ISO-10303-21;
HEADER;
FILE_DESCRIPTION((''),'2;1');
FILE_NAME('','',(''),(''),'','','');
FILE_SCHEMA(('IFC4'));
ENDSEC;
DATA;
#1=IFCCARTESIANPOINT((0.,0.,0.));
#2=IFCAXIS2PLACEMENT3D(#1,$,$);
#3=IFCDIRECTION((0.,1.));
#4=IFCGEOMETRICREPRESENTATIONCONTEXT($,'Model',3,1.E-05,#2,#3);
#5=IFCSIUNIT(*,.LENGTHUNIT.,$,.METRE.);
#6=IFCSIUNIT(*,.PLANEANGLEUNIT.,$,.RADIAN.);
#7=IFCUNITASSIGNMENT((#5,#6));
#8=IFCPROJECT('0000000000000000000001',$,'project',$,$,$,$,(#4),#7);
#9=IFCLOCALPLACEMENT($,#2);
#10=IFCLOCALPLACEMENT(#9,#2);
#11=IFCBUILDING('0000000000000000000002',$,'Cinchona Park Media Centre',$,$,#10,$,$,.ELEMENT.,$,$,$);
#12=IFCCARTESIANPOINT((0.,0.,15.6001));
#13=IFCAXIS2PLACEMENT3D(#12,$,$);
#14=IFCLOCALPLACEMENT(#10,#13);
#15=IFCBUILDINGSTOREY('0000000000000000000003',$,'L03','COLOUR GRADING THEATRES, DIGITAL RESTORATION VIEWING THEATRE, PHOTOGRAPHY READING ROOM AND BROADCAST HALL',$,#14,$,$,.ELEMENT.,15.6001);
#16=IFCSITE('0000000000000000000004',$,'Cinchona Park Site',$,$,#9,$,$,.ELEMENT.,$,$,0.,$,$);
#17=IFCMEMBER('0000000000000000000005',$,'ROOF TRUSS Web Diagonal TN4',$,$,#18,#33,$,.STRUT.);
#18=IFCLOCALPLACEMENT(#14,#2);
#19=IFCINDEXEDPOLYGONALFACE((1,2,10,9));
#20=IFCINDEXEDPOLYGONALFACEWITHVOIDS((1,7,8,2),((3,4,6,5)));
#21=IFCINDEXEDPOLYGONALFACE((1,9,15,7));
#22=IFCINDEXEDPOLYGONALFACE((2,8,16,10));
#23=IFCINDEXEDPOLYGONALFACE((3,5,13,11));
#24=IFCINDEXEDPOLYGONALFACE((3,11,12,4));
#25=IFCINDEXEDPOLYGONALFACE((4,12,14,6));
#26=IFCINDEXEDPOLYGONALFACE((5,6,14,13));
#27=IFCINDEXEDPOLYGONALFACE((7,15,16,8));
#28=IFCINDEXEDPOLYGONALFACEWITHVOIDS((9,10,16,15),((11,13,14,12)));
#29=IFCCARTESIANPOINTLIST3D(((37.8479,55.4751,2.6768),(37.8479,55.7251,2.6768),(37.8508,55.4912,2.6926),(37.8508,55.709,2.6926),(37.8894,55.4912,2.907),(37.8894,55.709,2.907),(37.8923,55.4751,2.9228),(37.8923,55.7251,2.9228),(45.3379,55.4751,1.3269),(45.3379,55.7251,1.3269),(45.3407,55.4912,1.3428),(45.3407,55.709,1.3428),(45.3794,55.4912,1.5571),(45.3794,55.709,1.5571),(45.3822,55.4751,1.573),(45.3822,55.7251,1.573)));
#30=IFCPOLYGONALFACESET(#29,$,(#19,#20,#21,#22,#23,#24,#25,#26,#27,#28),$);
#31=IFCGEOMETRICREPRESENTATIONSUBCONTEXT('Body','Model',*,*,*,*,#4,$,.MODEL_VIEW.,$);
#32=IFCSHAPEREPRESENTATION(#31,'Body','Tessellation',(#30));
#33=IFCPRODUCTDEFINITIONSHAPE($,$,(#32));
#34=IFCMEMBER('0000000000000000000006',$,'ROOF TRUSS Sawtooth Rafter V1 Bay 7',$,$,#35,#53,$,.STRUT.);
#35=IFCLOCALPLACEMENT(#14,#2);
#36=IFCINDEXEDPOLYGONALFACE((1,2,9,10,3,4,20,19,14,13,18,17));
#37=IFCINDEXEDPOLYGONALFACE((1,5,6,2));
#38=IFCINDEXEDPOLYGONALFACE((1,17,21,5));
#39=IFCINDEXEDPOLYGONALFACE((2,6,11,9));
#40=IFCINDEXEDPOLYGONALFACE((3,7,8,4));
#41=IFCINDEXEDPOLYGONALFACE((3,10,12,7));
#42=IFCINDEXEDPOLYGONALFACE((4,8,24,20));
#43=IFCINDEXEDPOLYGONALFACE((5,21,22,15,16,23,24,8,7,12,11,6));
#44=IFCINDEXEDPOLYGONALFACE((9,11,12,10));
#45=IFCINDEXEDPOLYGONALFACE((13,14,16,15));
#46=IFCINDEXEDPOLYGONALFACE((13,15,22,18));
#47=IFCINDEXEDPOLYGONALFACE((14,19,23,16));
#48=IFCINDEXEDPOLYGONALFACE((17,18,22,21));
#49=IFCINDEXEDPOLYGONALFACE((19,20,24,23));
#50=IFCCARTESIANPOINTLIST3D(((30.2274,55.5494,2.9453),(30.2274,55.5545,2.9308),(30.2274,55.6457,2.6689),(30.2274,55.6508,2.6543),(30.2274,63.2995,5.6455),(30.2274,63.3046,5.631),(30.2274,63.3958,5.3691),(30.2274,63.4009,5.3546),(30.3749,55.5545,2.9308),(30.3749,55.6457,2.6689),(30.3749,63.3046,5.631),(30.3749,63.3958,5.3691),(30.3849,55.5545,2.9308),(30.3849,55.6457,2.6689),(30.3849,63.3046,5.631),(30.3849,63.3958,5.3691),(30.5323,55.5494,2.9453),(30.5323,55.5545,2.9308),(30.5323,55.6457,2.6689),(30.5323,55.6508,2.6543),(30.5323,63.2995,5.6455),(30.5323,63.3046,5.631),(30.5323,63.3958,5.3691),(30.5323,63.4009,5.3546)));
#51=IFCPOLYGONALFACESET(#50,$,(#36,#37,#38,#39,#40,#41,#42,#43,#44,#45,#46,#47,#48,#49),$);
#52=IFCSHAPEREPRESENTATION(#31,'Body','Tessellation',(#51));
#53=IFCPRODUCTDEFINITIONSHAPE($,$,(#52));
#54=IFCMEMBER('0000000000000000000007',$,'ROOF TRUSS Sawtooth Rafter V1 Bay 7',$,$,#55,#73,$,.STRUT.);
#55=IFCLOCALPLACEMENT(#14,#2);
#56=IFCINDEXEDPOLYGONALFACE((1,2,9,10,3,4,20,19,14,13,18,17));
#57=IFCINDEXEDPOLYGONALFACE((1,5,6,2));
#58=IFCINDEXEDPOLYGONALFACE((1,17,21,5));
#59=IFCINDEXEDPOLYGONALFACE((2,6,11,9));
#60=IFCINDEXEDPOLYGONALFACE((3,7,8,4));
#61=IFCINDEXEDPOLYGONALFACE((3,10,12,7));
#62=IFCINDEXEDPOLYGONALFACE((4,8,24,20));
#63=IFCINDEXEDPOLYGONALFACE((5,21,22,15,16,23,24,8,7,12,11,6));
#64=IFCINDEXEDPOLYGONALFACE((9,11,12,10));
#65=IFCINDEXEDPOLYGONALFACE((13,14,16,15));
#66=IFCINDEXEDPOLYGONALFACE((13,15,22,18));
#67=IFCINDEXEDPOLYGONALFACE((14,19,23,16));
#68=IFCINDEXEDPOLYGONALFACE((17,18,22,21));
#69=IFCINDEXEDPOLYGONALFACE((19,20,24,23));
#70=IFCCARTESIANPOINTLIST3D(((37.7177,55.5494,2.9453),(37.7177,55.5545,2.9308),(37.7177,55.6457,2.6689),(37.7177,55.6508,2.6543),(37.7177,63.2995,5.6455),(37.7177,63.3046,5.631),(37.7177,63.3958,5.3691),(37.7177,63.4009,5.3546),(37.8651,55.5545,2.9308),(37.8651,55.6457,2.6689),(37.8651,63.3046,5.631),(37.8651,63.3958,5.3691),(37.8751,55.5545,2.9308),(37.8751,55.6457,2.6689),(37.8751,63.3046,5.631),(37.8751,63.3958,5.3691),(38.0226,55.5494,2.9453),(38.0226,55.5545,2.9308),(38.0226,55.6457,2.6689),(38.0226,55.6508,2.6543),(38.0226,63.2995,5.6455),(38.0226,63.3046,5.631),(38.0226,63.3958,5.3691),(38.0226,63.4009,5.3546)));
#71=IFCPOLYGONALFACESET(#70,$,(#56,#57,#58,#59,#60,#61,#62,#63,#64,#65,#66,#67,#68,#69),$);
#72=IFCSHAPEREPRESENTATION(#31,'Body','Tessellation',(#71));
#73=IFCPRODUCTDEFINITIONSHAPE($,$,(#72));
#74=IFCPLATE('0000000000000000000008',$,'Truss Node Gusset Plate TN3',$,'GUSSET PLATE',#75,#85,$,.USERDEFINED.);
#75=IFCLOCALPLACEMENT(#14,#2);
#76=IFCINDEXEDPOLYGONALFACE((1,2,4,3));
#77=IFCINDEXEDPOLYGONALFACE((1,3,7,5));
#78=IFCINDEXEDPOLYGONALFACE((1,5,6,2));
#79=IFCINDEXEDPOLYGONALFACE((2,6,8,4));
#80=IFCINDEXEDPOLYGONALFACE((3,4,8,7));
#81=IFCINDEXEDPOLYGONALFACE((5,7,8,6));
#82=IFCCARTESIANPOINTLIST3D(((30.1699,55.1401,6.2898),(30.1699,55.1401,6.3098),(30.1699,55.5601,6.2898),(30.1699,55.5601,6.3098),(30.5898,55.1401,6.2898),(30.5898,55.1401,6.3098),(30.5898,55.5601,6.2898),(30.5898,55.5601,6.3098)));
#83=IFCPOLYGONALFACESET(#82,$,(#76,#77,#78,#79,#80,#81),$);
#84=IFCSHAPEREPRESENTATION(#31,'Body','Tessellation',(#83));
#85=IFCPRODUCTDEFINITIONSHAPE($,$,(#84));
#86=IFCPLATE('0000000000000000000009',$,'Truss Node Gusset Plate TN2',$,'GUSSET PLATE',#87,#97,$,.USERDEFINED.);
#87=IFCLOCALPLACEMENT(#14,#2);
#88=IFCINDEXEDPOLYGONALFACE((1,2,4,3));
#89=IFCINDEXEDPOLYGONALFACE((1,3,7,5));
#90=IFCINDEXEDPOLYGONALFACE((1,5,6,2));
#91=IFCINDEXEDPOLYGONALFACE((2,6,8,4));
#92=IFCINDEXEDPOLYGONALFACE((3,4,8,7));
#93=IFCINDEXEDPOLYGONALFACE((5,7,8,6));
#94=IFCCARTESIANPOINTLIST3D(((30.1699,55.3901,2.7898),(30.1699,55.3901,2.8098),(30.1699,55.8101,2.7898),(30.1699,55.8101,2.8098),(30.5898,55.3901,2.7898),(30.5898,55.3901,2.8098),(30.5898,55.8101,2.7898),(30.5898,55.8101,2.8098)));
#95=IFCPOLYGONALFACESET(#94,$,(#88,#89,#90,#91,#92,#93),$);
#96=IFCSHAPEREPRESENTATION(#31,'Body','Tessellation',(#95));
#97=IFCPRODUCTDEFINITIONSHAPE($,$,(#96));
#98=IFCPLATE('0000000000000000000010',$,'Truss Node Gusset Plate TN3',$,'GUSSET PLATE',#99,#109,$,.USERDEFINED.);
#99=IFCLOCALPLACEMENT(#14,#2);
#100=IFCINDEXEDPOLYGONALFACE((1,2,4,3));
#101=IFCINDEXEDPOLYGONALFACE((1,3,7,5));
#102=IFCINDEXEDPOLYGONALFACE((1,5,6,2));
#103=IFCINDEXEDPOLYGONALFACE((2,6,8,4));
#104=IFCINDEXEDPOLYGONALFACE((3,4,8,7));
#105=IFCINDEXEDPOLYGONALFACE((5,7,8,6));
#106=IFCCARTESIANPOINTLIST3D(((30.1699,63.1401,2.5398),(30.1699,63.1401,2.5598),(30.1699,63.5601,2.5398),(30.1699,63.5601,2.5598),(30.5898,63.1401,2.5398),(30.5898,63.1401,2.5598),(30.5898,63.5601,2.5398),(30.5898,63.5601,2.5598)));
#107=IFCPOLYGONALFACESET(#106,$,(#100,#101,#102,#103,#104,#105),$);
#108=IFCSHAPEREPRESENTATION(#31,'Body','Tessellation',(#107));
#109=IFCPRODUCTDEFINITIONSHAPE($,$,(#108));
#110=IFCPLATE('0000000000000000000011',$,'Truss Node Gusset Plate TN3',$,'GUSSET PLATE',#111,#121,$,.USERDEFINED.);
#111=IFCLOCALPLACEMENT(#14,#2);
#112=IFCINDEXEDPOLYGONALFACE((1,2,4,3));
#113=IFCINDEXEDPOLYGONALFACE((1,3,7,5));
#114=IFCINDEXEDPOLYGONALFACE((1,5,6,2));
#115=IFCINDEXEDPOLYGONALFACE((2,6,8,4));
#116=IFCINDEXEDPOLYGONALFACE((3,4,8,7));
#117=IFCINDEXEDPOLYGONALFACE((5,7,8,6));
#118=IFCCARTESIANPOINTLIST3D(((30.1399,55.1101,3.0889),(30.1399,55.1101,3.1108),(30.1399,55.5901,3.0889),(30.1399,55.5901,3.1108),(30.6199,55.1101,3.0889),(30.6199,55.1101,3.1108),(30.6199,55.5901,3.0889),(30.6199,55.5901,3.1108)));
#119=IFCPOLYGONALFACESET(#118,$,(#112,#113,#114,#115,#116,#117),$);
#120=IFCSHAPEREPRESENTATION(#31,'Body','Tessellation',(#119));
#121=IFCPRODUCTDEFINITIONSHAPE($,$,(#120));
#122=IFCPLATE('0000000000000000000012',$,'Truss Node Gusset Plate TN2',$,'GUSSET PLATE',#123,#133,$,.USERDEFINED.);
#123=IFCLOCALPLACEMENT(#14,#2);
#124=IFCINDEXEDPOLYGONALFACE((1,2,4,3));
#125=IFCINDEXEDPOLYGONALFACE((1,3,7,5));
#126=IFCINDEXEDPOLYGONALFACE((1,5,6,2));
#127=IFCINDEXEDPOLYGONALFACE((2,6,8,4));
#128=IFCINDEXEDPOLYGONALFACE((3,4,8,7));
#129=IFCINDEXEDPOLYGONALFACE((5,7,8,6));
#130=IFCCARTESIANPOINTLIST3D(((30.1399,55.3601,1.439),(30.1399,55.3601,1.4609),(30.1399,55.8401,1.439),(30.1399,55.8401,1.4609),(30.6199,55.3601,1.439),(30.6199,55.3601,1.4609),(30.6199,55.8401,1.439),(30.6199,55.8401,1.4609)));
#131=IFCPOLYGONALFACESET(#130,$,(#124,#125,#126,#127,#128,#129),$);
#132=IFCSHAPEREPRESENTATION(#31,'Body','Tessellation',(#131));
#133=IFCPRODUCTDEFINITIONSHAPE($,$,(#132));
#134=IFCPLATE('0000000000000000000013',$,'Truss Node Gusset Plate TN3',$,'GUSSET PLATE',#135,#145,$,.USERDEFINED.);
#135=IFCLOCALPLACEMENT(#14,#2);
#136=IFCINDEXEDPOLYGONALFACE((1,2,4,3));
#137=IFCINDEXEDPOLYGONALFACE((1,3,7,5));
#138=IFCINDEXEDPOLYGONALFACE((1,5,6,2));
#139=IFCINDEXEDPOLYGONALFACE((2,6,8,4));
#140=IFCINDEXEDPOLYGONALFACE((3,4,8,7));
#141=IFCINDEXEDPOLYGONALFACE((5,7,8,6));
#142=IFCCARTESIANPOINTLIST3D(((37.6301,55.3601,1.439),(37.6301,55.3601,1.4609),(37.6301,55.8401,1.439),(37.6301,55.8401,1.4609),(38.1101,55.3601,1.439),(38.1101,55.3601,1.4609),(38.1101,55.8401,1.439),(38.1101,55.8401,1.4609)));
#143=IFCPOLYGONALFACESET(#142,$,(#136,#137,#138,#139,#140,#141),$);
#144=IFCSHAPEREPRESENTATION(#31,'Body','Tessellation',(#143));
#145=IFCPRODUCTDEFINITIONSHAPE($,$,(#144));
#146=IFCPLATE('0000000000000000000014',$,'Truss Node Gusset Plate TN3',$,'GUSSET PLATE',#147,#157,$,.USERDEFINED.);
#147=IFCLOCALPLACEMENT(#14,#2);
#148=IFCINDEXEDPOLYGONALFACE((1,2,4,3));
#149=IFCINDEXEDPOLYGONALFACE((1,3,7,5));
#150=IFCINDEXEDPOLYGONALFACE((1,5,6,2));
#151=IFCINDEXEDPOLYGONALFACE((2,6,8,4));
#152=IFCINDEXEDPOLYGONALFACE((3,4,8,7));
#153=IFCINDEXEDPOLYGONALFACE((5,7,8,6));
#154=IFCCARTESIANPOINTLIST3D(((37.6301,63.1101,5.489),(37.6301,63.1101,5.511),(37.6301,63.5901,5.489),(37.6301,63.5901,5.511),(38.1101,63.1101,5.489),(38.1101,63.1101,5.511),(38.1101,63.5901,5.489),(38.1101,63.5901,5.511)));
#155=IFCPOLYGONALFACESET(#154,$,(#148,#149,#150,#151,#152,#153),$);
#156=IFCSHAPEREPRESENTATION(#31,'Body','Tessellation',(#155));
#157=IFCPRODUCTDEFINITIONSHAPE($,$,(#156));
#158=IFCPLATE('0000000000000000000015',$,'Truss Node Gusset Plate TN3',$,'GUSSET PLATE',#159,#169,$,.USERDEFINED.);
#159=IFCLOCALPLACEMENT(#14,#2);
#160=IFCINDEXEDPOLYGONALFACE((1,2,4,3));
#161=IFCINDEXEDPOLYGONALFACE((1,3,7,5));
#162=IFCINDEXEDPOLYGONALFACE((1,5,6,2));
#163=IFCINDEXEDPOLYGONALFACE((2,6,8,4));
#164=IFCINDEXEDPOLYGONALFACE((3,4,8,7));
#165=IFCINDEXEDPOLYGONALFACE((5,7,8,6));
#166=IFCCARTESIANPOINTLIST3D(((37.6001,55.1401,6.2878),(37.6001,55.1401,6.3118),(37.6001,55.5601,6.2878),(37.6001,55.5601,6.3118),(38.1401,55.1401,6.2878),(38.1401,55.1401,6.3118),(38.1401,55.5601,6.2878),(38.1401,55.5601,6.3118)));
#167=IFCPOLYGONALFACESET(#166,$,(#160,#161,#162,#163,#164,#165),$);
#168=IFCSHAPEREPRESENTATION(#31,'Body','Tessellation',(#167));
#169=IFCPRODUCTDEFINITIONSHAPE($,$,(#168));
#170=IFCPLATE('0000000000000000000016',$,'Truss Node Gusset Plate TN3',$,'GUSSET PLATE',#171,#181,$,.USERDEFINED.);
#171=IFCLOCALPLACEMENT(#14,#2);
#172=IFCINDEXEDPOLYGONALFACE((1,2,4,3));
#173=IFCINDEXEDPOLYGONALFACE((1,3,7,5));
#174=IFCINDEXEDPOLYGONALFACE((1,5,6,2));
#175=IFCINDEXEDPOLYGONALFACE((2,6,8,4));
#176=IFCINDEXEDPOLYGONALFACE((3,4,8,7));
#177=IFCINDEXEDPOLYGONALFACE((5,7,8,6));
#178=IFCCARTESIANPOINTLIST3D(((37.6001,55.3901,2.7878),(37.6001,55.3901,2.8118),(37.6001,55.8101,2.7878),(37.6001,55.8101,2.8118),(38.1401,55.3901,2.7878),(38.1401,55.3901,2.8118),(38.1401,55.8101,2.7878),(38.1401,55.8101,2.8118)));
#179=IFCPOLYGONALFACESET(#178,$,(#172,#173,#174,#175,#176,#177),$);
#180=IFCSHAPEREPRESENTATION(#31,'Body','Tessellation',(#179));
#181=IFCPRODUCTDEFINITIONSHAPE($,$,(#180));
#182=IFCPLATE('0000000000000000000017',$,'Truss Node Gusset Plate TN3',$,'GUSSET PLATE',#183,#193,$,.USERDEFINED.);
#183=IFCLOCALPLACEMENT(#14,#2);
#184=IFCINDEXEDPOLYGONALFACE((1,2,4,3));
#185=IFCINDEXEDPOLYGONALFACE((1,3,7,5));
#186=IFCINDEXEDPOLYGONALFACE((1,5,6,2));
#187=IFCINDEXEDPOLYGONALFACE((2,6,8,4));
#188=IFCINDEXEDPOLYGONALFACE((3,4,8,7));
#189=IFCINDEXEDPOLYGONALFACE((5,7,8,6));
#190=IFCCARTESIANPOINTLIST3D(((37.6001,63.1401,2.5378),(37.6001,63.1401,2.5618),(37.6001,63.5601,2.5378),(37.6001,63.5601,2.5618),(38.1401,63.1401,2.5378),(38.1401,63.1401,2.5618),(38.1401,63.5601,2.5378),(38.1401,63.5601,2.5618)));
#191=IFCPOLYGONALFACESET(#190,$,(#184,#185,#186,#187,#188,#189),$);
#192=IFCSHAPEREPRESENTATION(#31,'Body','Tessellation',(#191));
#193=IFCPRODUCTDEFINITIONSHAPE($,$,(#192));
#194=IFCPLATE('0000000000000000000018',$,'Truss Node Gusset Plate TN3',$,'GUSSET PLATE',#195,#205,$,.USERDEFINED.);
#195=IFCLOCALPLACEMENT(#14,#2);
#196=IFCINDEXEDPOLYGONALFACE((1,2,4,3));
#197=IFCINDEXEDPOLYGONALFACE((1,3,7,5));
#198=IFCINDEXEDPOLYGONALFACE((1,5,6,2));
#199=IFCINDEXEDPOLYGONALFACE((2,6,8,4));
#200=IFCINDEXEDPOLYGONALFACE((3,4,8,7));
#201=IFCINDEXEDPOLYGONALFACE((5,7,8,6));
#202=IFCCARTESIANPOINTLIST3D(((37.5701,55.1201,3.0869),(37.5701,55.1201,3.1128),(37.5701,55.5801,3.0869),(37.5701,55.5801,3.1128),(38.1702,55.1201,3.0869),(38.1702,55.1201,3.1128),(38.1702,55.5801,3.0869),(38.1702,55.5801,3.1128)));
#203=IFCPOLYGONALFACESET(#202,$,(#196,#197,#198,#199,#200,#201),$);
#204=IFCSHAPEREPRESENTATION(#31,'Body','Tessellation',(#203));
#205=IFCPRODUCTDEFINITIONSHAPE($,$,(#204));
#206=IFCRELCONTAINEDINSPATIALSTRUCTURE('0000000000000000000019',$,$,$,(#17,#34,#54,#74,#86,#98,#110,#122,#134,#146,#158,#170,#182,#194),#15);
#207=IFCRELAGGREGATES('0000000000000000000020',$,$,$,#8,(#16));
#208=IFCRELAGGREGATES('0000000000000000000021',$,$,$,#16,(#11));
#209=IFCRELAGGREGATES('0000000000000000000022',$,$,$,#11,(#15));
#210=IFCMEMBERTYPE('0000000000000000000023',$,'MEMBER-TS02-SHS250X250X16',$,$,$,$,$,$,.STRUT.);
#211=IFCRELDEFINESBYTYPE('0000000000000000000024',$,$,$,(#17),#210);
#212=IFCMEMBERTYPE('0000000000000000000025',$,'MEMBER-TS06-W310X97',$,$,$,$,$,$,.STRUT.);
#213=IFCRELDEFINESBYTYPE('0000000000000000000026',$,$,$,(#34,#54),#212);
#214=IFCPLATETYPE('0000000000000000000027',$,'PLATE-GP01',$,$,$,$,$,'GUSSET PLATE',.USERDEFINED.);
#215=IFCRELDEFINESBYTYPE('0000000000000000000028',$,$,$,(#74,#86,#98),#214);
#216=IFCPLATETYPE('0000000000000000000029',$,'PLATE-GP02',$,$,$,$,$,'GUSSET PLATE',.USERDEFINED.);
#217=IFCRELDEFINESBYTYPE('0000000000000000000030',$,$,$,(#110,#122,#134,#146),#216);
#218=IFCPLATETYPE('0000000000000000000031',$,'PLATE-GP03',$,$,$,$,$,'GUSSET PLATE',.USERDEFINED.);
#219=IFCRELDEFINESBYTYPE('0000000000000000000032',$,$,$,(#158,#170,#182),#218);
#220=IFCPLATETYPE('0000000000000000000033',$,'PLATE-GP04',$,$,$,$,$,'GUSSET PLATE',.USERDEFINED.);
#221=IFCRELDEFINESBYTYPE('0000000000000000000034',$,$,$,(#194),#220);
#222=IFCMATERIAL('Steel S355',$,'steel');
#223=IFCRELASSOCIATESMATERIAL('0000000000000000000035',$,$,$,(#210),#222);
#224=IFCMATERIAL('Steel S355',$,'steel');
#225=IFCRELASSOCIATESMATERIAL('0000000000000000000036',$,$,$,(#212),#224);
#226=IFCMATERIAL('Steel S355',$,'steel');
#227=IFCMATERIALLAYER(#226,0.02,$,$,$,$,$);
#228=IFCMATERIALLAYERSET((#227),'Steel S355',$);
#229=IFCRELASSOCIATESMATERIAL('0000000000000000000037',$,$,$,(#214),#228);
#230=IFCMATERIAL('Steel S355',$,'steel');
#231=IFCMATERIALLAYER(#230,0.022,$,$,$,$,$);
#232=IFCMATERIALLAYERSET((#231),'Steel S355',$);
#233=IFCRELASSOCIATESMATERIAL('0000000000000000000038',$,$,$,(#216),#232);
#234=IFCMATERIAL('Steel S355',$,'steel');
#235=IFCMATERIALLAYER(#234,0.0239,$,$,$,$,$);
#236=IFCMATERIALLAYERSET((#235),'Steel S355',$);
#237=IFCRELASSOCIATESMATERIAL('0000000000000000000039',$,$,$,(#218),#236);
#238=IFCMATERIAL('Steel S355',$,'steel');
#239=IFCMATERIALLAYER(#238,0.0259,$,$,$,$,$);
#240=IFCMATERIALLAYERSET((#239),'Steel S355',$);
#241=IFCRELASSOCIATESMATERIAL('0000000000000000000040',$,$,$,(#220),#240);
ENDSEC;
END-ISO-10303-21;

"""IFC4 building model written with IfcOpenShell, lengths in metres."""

from ifc_helpers import new_model, si_unit, direction, frame, origin, origin_2d, place, context, subcontext, project, spatial, rectangle, hollow_rectangle, i_section, extrude, material, layer, layer_set, material_profile, profile_set, type_object, element, save


model = new_model("IFC4")

# Units and contexts
model_context = context("Model", 3, precision=1e-05, world=origin(), true_north=direction((0.0, 1.0)))
body_context = subcontext(model_context, "Body", "Model", "MODEL_VIEW")
ifc_project = project(units=[si_unit("LENGTHUNIT", "METRE"), si_unit("PLANEANGLEUNIT", "RADIAN")], contexts=[model_context])

# Site, building, storey
site_placement = place(None, origin())
site = spatial("IfcSite", under=ifc_project, at=site_placement, Name="Cinchona Park Site", CompositionType="ELEMENT", RefElevation=0.0)
building_placement = place(site_placement, origin())
building = spatial("IfcBuilding", under=site, at=building_placement, Name="Cinchona Park Media Centre", CompositionType="ELEMENT")
storey_placement = place(building_placement, frame((0.0, 0.0, 15.6001)))
storey = spatial("IfcBuildingStorey", under=building, at=storey_placement, Name="L03", Description="COLOUR GRADING THEATRES, DIGITAL RESTORATION VIEWING THEATRE, PHOTOGRAPHY READING ROOM AND BROADCAST HALL", CompositionType="ELEMENT", Elevation=15.6001)

# Members
ifc_material_1 = material(Name="Steel S355", Category="steel")
ifc_material_profile_1 = material_profile(ifc_material_1, hollow_rectangle(XDim=0.25, YDim=0.25, WallThickness=0.0161, at=origin_2d()), Name="250X250X16SHS")
ifc_profile_set_1 = profile_set([ifc_material_profile_1], Name="Steel S355")
member_type_1 = type_object("IfcMemberType", Name="MEMBER-TS02-SHS250X250X16", PredefinedType="STRUT", material=ifc_profile_set_1)
member_1_placement = place(storey_placement, frame((37.8701, 55.6001, 2.7998), z_axis=(0.984145, 0.0, -0.177364), x_axis=(0.0, 1.0, 0.0)))
element("IfcMember", 1, at=member_1_placement, inside=storey, type_object=member_type_1, Name="ROOF TRUSS Web Diagonal TN4", PredefinedType="STRUT", context=body_context, shape_type="SweptSolid", body=[
    extrude(hollow_rectangle(XDim=0.25, YDim=0.25, WallThickness=0.0161, at=origin_2d()), origin(), (0.0, 0.0, 1.0), 7.6106),
])
ifc_material_2 = material(Name="Steel S355", Category="steel")
ifc_material_profile_2 = material_profile(ifc_material_2, i_section(OverallWidth=0.3049, OverallDepth=0.3081, WebThickness=0.01, FlangeThickness=0.0154, at=origin_2d()), Name="W310X97")
ifc_profile_set_2 = profile_set([ifc_material_profile_2], Name="Steel S355")
member_type_2 = type_object("IfcMemberType", Name="MEMBER-TS06-W310X97", PredefinedType="STRUT", material=ifc_profile_set_2)
for number, where, z_axis, x_axis, name in (
    (2, (30.3799, 55.6001, 2.7998), (0.0, 0.944325, 0.329014), (-1.0, 0.0, 0.0), "ROOF TRUSS Sawtooth Rafter V1 Bay 7"),
    (3, (37.8701, 55.6001, 2.7998), (0.0, 0.944325, 0.329014), (-1.0, 0.0, 0.0), "ROOF TRUSS Sawtooth Rafter V1 Bay 7"),
):
    element("IfcMember", number, at=place(storey_placement, frame(where, z_axis=z_axis, x_axis=x_axis)), inside=storey, type_object=member_type_2, Name=name, PredefinedType="STRUT", context=body_context, shape_type="SweptSolid", body=[
        extrude(i_section(OverallWidth=0.3049, OverallDepth=0.3081, WebThickness=0.01, FlangeThickness=0.0154, at=origin_2d()), origin(), (0.0, 0.0, 1.0), 8.207),
    ])

# Plates
ifc_material_3 = material(Name="Steel S355", Category="steel")
ifc_layer_1 = layer(ifc_material_3, 0.02)
ifc_layer_set_1 = layer_set([ifc_layer_1], Name="Steel S355")
plate_type_1 = type_object("IfcPlateType", Name="PLATE-GP01", ElementType="GUSSET PLATE", PredefinedType="USERDEFINED", material=ifc_layer_set_1)
for number, where, z_axis, x_axis, name in (
    (4, (30.3799, 55.3501, 6.2898), (0.0, 0.0, 1.0), (1.0, 0.0, 0.0), "Truss Node Gusset Plate TN3"),
    (5, (30.3799, 55.6001, 2.7898), (0.0, 0.0, 1.0), (1.0, 0.0, 0.0), "Truss Node Gusset Plate TN2"),
    (6, (30.3799, 63.3501, 2.5398), (0.0, 0.0, 1.0), (1.0, 0.0, 0.0), "Truss Node Gusset Plate TN3"),
):
    element("IfcPlate", number, at=place(storey_placement, frame(where, z_axis=z_axis, x_axis=x_axis)), inside=storey, type_object=plate_type_1, Name=name, ObjectType="GUSSET PLATE", PredefinedType="USERDEFINED", context=body_context, shape_type="SweptSolid", body=[
        extrude(rectangle(XDim=0.4199, YDim=0.4199, at=origin_2d()), origin(), (0.0, 0.0, 1.0), 0.02),
    ])
ifc_material_4 = material(Name="Steel S355", Category="steel")
ifc_layer_2 = layer(ifc_material_4, 0.022)
ifc_layer_set_2 = layer_set([ifc_layer_2], Name="Steel S355")
plate_type_2 = type_object("IfcPlateType", Name="PLATE-GP02", ElementType="GUSSET PLATE", PredefinedType="USERDEFINED", material=ifc_layer_set_2)
for number, where, z_axis, x_axis, name in (
    (7, (30.3799, 55.3501, 3.0889), (0.0, 0.0, 1.0), (1.0, 0.0, 0.0), "Truss Node Gusset Plate TN3"),
    (8, (30.3799, 55.6001, 1.439), (0.0, 0.0, 1.0), (1.0, 0.0, 0.0), "Truss Node Gusset Plate TN2"),
    (9, (37.8701, 55.6001, 1.439), (0.0, 0.0, 1.0), (1.0, 0.0, 0.0), "Truss Node Gusset Plate TN3"),
    (10, (37.8701, 63.3501, 5.489), (0.0, 0.0, 1.0), (1.0, 0.0, 0.0), "Truss Node Gusset Plate TN3"),
):
    element("IfcPlate", number, at=place(storey_placement, frame(where, z_axis=z_axis, x_axis=x_axis)), inside=storey, type_object=plate_type_2, Name=name, ObjectType="GUSSET PLATE", PredefinedType="USERDEFINED", context=body_context, shape_type="SweptSolid", body=[
        extrude(rectangle(XDim=0.48, YDim=0.48, at=origin_2d()), origin(), (0.0, 0.0, 1.0), 0.022),
    ])
ifc_material_5 = material(Name="Steel S355", Category="steel")
ifc_layer_3 = layer(ifc_material_5, 0.0239)
ifc_layer_set_3 = layer_set([ifc_layer_3], Name="Steel S355")
plate_type_3 = type_object("IfcPlateType", Name="PLATE-GP03", ElementType="GUSSET PLATE", PredefinedType="USERDEFINED", material=ifc_layer_set_3)
for number, where, z_axis, x_axis, name in (
    (11, (37.8701, 55.3501, 6.2878), (0.0, 0.0, 1.0), (1.0, 0.0, 0.0), "Truss Node Gusset Plate TN3"),
    (12, (37.8701, 55.6001, 2.7878), (0.0, 0.0, 1.0), (1.0, 0.0, 0.0), "Truss Node Gusset Plate TN3"),
    (13, (37.8701, 63.3501, 2.5378), (0.0, 0.0, 1.0), (1.0, 0.0, 0.0), "Truss Node Gusset Plate TN3"),
):
    element("IfcPlate", number, at=place(storey_placement, frame(where, z_axis=z_axis, x_axis=x_axis)), inside=storey, type_object=plate_type_3, Name=name, ObjectType="GUSSET PLATE", PredefinedType="USERDEFINED", context=body_context, shape_type="SweptSolid", body=[
        extrude(rectangle(XDim=0.54, YDim=0.4199, at=origin_2d()), origin(), (0.0, 0.0, 1.0), 0.0239),
    ])
ifc_material_6 = material(Name="Steel S355", Category="steel")
ifc_layer_4 = layer(ifc_material_6, 0.0259)
ifc_layer_set_4 = layer_set([ifc_layer_4], Name="Steel S355")
plate_type_4 = type_object("IfcPlateType", Name="PLATE-GP04", ElementType="GUSSET PLATE", PredefinedType="USERDEFINED", material=ifc_layer_set_4)
for number, where, z_axis, x_axis, name in (
    (14, (37.8701, 55.3501, 3.0869), (0.0, 0.0, 1.0), (1.0, 0.0, 0.0), "Truss Node Gusset Plate TN3"),
):
    element("IfcPlate", number, at=place(storey_placement, frame(where, z_axis=z_axis, x_axis=x_axis)), inside=storey, type_object=plate_type_4, Name=name, ObjectType="GUSSET PLATE", PredefinedType="USERDEFINED", context=body_context, shape_type="SweptSolid", body=[
        extrude(rectangle(XDim=0.6001, YDim=0.46, at=origin_2d()), origin(), (0.0, 0.0, 1.0), 0.0259),
    ])

save(model, "model.ifc")
